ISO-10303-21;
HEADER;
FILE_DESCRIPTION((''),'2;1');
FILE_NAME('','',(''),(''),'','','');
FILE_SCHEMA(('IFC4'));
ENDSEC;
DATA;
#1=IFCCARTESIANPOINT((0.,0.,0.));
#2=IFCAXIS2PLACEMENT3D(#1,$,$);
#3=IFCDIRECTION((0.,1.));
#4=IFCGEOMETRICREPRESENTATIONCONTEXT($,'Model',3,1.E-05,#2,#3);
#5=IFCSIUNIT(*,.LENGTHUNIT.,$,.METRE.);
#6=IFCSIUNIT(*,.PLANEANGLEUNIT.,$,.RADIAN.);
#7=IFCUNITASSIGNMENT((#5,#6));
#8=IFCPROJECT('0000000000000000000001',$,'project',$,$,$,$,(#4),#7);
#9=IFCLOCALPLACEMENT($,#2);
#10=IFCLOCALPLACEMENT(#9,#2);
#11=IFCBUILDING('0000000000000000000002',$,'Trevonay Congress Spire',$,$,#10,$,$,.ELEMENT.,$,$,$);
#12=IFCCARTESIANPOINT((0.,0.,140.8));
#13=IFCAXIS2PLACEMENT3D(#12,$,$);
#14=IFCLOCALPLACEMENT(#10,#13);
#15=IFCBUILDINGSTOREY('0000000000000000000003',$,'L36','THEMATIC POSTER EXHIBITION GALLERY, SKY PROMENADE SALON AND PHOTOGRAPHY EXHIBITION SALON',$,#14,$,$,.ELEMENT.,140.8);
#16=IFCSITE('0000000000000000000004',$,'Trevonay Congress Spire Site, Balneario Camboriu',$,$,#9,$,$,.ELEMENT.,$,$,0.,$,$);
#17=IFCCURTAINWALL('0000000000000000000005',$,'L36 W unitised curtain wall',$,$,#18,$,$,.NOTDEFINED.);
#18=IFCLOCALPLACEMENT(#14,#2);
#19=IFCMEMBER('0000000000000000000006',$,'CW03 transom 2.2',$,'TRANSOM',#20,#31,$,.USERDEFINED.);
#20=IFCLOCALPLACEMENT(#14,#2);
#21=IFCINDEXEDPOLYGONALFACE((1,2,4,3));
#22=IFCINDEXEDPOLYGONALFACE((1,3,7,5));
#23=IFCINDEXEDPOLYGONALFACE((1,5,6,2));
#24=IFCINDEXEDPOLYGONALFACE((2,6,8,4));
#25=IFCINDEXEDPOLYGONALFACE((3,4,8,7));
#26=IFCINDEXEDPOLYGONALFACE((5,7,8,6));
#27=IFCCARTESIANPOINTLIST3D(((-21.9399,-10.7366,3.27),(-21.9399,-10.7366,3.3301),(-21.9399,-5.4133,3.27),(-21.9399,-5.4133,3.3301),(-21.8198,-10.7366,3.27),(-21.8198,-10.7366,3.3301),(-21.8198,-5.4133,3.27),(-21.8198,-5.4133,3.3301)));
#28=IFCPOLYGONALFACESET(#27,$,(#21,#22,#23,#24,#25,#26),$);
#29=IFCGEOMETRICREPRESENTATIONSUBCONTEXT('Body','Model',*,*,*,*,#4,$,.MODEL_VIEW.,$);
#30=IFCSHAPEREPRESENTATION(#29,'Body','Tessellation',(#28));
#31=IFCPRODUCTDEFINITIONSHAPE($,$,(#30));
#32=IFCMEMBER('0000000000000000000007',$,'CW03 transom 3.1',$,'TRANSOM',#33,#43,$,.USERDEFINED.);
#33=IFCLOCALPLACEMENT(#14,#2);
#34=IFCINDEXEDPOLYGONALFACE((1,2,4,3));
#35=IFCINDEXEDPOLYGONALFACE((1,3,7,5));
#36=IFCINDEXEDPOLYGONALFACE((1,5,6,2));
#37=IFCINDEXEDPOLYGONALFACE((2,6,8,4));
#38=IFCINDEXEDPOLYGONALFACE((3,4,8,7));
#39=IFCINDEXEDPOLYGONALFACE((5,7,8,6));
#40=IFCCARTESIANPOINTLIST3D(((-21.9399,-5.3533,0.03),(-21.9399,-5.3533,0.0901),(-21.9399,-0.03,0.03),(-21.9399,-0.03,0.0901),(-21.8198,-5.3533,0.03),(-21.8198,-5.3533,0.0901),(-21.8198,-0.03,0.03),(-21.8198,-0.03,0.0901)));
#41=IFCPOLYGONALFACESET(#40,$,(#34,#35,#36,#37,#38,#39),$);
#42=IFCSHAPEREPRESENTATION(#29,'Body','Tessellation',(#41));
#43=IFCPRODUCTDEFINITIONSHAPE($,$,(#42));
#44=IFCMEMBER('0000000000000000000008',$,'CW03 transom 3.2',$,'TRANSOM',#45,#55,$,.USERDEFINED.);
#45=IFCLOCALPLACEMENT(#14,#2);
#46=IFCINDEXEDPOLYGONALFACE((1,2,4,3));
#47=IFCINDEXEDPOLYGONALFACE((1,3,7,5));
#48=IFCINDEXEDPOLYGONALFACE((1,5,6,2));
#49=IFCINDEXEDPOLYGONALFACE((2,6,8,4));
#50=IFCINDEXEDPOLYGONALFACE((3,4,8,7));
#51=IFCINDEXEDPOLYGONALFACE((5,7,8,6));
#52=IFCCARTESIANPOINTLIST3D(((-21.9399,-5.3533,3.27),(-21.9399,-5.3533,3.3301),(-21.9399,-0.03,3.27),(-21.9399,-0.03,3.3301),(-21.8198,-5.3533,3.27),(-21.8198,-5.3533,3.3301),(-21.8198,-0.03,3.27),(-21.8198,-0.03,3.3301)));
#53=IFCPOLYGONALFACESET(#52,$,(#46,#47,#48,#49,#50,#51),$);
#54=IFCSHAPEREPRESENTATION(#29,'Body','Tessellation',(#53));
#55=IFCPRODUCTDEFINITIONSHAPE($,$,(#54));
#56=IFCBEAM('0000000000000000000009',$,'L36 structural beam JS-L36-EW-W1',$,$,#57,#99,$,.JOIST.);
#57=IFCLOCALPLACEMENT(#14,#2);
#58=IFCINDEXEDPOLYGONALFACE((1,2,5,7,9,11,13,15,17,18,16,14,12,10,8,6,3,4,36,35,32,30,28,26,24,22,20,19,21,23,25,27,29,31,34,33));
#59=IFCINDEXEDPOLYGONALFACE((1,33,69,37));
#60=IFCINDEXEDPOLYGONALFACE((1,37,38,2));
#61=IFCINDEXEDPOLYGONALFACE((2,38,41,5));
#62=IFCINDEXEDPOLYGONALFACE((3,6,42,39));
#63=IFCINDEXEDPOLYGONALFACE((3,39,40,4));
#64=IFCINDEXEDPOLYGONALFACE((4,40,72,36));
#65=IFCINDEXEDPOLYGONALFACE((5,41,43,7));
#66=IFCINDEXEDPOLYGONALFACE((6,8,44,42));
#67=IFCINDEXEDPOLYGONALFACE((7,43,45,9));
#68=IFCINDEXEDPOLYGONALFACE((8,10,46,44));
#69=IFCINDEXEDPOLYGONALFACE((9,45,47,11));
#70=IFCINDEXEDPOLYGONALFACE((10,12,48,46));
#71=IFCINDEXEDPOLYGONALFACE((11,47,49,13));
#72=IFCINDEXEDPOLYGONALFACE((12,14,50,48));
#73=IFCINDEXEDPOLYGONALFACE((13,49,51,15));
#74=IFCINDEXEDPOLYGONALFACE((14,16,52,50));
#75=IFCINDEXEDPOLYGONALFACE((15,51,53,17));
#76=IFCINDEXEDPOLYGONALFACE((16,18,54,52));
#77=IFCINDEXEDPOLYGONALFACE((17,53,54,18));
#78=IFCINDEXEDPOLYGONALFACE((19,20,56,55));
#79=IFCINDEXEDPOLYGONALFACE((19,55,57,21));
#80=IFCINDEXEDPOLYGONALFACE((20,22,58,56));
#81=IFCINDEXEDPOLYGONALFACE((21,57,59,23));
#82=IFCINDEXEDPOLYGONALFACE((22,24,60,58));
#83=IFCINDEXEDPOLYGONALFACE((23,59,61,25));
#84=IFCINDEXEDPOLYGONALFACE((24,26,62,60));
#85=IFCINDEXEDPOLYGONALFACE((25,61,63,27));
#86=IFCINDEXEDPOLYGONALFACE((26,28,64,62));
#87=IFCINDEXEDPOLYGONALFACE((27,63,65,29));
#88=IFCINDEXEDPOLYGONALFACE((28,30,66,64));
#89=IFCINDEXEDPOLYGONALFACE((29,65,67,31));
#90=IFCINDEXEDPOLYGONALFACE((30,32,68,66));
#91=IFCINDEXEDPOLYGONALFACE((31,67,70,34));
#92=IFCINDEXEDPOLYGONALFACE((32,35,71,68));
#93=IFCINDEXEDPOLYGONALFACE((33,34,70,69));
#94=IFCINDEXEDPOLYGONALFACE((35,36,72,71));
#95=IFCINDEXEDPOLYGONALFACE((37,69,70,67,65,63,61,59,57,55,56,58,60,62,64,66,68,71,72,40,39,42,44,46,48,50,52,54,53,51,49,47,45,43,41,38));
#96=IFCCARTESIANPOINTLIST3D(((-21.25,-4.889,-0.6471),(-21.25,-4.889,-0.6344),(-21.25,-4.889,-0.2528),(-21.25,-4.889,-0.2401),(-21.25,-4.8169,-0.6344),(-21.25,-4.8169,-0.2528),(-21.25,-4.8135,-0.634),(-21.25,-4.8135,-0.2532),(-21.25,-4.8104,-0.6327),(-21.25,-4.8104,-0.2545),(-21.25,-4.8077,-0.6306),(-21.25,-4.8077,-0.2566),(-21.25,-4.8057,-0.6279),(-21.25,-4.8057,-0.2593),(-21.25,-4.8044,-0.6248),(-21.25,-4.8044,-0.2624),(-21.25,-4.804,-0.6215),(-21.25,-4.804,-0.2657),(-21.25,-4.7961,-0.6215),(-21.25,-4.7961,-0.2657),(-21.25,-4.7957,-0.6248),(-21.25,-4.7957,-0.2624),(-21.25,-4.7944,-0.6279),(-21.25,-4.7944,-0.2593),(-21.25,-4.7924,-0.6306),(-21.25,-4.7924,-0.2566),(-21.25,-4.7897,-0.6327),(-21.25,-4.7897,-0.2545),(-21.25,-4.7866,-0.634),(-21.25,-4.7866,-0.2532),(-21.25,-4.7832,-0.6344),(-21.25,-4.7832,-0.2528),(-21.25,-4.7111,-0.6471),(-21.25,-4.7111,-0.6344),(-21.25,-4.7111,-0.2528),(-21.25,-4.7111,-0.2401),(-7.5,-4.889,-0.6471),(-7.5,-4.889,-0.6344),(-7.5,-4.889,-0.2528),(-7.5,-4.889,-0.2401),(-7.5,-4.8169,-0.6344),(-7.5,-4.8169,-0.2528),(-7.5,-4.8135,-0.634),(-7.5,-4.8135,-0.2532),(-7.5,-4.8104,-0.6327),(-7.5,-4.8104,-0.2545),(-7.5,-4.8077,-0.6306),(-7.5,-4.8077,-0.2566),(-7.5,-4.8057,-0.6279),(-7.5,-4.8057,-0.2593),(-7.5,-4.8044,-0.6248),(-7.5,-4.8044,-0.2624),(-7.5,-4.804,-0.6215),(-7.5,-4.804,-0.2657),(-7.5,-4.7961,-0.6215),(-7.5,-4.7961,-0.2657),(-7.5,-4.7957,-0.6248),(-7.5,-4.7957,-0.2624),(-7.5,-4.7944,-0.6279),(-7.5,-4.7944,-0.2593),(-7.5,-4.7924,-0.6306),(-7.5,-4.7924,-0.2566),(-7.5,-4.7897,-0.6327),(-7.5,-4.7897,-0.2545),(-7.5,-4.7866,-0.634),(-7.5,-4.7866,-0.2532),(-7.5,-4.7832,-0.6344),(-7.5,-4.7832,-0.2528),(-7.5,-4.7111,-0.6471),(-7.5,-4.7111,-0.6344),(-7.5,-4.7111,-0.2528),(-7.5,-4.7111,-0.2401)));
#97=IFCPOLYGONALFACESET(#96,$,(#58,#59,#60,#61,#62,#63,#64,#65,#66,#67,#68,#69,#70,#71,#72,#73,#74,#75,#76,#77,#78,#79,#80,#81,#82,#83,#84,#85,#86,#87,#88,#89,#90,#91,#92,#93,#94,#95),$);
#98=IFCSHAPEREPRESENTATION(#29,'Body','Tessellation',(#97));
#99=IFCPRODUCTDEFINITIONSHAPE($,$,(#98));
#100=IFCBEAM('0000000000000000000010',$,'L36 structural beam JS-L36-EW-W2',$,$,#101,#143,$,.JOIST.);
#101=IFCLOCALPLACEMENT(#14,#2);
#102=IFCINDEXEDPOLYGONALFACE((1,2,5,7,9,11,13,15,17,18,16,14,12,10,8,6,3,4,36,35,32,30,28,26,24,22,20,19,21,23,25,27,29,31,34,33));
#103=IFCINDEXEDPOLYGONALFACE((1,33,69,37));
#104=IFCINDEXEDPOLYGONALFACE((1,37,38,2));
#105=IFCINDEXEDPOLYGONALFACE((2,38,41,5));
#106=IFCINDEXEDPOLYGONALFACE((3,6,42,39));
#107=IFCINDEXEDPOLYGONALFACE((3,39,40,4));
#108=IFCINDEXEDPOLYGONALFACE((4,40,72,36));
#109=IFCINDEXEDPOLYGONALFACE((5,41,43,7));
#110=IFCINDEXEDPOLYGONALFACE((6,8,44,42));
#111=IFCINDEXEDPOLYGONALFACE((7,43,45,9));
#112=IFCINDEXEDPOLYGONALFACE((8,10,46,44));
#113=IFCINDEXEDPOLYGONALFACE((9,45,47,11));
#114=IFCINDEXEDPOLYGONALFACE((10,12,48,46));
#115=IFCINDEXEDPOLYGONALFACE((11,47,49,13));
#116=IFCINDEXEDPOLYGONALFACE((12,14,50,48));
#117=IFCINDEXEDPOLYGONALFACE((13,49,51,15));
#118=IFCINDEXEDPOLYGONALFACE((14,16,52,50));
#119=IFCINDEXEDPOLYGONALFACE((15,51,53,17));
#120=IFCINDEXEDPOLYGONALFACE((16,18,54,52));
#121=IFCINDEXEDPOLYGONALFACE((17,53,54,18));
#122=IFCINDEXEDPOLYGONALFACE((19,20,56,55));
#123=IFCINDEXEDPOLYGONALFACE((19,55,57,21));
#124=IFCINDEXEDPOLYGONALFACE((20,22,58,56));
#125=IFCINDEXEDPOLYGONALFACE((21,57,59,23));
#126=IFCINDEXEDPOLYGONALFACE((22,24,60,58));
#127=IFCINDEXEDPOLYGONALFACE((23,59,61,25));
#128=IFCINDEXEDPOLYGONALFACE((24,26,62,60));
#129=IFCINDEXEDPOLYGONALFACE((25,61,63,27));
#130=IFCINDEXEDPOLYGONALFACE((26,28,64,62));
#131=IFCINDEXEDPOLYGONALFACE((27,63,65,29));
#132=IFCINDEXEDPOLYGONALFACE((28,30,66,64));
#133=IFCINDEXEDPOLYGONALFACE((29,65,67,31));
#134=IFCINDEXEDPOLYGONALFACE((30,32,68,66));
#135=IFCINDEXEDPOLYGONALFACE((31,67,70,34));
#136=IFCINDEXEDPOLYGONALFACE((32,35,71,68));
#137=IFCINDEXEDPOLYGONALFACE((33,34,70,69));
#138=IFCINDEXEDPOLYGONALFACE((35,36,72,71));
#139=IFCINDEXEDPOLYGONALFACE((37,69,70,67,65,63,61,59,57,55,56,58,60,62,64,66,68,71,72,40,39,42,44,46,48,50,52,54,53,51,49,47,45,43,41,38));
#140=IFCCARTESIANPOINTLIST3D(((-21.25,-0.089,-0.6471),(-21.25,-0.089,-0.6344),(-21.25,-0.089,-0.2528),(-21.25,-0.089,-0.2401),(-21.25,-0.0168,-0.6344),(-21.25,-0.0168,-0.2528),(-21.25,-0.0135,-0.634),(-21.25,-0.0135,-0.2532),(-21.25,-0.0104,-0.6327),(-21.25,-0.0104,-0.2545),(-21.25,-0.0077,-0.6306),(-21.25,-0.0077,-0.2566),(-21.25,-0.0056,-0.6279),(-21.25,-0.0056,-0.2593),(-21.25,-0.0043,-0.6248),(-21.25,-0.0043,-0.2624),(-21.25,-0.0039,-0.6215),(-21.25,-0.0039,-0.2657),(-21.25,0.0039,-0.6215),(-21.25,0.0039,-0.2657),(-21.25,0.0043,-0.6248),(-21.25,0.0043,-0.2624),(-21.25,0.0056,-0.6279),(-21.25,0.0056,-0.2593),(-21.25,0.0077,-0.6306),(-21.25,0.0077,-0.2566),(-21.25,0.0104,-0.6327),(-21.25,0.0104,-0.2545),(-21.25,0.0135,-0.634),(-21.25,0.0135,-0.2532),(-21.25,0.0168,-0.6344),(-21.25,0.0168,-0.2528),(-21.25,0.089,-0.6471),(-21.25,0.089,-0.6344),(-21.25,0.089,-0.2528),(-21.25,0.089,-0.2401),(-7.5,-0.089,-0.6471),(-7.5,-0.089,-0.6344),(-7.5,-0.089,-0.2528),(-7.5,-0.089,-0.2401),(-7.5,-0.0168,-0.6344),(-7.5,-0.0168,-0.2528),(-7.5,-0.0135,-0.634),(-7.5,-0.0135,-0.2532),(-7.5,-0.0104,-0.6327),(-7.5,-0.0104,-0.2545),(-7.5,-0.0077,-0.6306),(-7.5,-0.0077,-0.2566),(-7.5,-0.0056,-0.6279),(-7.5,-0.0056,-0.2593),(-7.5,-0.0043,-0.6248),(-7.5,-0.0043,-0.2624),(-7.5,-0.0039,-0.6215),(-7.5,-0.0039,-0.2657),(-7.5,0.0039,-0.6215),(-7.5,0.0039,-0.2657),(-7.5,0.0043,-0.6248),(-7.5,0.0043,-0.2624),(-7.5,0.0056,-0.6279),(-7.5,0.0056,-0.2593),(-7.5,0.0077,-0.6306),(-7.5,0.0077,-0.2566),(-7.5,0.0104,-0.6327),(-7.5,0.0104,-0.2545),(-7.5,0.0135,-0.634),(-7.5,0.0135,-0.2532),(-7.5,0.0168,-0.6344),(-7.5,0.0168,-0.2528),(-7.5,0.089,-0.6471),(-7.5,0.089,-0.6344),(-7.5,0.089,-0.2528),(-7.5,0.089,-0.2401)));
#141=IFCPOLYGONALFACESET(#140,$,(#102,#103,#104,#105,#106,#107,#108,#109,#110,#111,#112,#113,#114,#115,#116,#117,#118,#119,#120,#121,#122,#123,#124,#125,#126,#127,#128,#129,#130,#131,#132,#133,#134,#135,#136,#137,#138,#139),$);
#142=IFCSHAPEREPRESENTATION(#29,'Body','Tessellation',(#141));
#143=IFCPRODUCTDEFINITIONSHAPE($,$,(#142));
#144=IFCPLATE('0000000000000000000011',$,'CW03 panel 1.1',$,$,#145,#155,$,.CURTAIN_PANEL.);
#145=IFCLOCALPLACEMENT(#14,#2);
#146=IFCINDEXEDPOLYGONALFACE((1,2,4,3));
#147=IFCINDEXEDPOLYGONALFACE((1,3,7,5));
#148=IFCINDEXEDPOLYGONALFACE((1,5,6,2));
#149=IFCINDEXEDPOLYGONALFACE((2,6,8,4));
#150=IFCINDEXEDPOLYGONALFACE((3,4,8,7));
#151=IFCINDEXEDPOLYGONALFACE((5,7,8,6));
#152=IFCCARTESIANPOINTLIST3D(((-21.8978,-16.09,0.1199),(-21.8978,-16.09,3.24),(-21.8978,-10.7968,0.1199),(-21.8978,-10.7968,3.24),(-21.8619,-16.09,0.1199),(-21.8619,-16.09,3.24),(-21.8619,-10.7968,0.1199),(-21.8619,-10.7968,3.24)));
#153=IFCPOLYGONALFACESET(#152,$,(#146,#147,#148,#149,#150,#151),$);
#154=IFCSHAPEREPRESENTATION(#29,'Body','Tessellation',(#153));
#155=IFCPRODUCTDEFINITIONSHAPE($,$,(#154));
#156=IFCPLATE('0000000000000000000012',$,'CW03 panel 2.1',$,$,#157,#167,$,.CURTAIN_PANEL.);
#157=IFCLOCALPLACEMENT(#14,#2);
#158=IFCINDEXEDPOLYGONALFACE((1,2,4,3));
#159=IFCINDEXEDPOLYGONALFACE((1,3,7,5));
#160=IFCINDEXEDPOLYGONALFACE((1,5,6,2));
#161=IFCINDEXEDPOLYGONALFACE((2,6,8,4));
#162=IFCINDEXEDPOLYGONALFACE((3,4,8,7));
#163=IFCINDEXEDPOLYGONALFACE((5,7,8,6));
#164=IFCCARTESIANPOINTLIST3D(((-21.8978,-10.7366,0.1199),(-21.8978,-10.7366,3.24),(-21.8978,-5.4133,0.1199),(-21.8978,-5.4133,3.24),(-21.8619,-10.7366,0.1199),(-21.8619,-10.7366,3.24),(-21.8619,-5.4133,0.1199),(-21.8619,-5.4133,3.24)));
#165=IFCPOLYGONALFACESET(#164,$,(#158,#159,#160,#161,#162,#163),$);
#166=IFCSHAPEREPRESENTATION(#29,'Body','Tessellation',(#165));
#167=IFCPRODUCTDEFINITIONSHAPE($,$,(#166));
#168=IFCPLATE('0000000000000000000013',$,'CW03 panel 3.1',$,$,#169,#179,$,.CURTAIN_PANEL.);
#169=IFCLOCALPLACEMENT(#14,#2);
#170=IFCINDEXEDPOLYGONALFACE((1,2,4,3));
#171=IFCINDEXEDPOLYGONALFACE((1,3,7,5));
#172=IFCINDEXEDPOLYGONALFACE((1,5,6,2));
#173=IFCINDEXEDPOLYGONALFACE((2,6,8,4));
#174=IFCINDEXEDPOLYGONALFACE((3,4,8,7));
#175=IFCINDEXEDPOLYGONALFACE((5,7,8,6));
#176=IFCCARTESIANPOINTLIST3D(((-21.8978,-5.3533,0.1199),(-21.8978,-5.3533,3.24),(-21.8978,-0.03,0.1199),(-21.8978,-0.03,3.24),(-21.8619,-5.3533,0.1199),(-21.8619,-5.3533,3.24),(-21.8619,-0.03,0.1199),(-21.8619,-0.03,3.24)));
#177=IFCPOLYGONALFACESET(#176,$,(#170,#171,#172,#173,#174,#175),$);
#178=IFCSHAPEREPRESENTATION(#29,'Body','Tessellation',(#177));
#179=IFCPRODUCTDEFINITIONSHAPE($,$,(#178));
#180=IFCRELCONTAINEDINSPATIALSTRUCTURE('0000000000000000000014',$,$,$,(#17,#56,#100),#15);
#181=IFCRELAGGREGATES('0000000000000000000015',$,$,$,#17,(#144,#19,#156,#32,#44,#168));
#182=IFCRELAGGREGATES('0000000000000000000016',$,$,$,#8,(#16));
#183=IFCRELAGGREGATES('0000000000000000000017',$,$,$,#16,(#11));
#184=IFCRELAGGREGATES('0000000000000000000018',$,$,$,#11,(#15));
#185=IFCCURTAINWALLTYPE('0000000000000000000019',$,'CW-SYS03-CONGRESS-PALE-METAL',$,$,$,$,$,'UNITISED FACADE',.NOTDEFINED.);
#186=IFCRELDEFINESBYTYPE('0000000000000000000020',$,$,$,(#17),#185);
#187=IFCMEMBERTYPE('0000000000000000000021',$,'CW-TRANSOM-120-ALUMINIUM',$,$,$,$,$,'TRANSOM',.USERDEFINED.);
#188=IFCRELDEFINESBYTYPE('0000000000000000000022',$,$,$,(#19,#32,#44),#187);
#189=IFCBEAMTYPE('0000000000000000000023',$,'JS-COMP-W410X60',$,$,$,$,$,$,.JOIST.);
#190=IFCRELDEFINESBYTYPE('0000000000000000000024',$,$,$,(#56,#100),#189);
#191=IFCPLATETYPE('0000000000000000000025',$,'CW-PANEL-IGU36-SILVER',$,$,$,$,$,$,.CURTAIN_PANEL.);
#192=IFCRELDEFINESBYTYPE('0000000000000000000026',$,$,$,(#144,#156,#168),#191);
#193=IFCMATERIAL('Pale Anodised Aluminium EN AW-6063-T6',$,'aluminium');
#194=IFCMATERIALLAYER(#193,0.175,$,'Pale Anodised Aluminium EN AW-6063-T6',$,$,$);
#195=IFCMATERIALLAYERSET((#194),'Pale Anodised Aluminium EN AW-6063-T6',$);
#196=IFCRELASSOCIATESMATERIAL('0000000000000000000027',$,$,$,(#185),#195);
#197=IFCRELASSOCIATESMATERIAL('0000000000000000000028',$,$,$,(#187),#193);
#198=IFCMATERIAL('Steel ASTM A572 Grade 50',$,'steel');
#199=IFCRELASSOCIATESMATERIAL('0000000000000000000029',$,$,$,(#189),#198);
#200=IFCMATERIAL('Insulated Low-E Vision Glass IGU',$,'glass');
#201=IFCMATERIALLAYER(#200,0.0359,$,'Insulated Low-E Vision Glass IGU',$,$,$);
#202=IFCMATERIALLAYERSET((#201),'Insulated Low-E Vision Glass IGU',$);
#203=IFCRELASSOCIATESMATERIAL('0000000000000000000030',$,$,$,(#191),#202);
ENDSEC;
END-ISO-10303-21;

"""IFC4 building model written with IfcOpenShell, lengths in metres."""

from ifc_helpers import new_model, si_unit, direction, frame, origin, origin_2d, place, context, subcontext, project, spatial, rectangle, i_section, extrude, material, layer, layer_set, material_profile, profile_set, type_object, element, aggregate, save


model = new_model("IFC4")

# Units and contexts
model_context = context("Model", 3, precision=1e-05, world=origin(), true_north=direction((0.0, 1.0)))
body_context = subcontext(model_context, "Body", "Model", "MODEL_VIEW")
ifc_project = project(units=[si_unit("LENGTHUNIT", "METRE"), si_unit("PLANEANGLEUNIT", "RADIAN")], contexts=[model_context])

# Site, building, storey
site_placement = place(None, origin())
site = spatial("IfcSite", under=ifc_project, at=site_placement, Name="Trevonay Congress Spire Site, Balneario Camboriu", CompositionType="ELEMENT", RefElevation=0.0)
building_placement = place(site_placement, origin())
building = spatial("IfcBuilding", under=site, at=building_placement, Name="Trevonay Congress Spire", CompositionType="ELEMENT")
storey_placement = place(building_placement, frame((0.0, 0.0, 140.8)))
storey = spatial("IfcBuildingStorey", under=building, at=storey_placement, Name="L36", Description="THEMATIC POSTER EXHIBITION GALLERY, SKY PROMENADE SALON AND PHOTOGRAPHY EXHIBITION SALON", CompositionType="ELEMENT", Elevation=140.8)

# Shared definitions
ifc_material_1 = material(Name="Steel ASTM A572 Grade 50", Category="steel")

# Curtain wall, members
ifc_material_2 = material(Name="Pale Anodised Aluminium EN AW-6063-T6", Category="aluminium")
ifc_layer_1 = layer(ifc_material_2, 0.175, Name="Pale Anodised Aluminium EN AW-6063-T6")
ifc_layer_set_1 = layer_set([ifc_layer_1], Name="Pale Anodised Aluminium EN AW-6063-T6")
curtain_wall_type = type_object("IfcCurtainWallType", Name="CW-SYS03-CONGRESS-PALE-METAL", ElementType="UNITISED FACADE", PredefinedType="NOTDEFINED", material=ifc_layer_set_1)
curtain_wall_placement = place(storey_placement, origin())
curtain_wall = element("IfcCurtainWall", 1, at=curtain_wall_placement, inside=storey, type_object=curtain_wall_type, Name="L36 W unitised curtain wall", PredefinedType="NOTDEFINED")
ifc_material_profile_1 = material_profile(ifc_material_2, rectangle(XDim=0.1201, YDim=0.0601, at=origin_2d()), Name="CW-TRANSOM-120-ALUMINIUM")
ifc_profile_set_1 = profile_set([ifc_material_profile_1], Name="Pale Anodised Aluminium EN AW-6063-T6")
member_type_1 = type_object("IfcMemberType", Name="CW-TRANSOM-120-ALUMINIUM", ElementType="TRANSOM", PredefinedType="USERDEFINED", material=ifc_profile_set_1)
member_1_placement = place(storey_placement, frame((-21.8799, -10.7366, 3.3), z_axis=(0.0, 1.0, 0.0), x_axis=(-1.0, 0.0, 0.0)))
member_1 = element("IfcMember", 2, at=member_1_placement, type_object=member_type_1, Name="CW03 transom 2.2", ObjectType="TRANSOM", PredefinedType="USERDEFINED", context=body_context, shape_type="SweptSolid", body=[
    extrude(rectangle(XDim=0.1201, YDim=0.0601, at=origin_2d()), origin(), (0.0, 0.0, 1.0), 5.3232),
])
member_2_placement = place(storey_placement, frame((-21.8799, -5.3533, 0.0601), z_axis=(0.0, 1.0, 0.0), x_axis=(-1.0, 0.0, 0.0)))
member_2 = element("IfcMember", 3, at=member_2_placement, type_object=member_type_1, Name="CW03 transom 3.1", ObjectType="TRANSOM", PredefinedType="USERDEFINED", context=body_context, shape_type="SweptSolid", body=[
    extrude(rectangle(XDim=0.1201, YDim=0.0601, at=origin_2d()), origin(), (0.0, 0.0, 1.0), 5.3232),
])
member_3_placement = place(storey_placement, frame((-21.8799, -5.3533, 3.3), z_axis=(0.0, 1.0, 0.0), x_axis=(-1.0, 0.0, 0.0)))
member_3 = element("IfcMember", 4, at=member_3_placement, type_object=member_type_1, Name="CW03 transom 3.2", ObjectType="TRANSOM", PredefinedType="USERDEFINED", context=body_context, shape_type="SweptSolid", body=[
    extrude(rectangle(XDim=0.1201, YDim=0.0601, at=origin_2d()), origin(), (0.0, 0.0, 1.0), 5.3232),
])

# Beams
ifc_material_profile_2 = material_profile(ifc_material_1, i_section(OverallWidth=0.178, OverallDepth=0.407, WebThickness=0.0078, FlangeThickness=0.0127, FilletRadius=0.0129, at=origin_2d()), Name="W410x60")
ifc_profile_set_2 = profile_set([ifc_material_profile_2], Name="Steel ASTM A572 Grade 50")
beam_type_1 = type_object("IfcBeamType", Name="JS-COMP-W410X60", PredefinedType="JOIST", material=ifc_profile_set_2)
for number, where, z_axis, x_axis, name in (
    (5, (-21.25, -4.8, -0.4436), (1.0, 0.0, 0.0), (0.0, 1.0, 0.0), "L36 structural beam JS-L36-EW-W1"),
    (6, (-21.25, 0.0, -0.4436), (1.0, 0.0, 0.0), (0.0, 1.0, 0.0), "L36 structural beam JS-L36-EW-W2"),
):
    element("IfcBeam", number, at=place(storey_placement, frame(where, z_axis=z_axis, x_axis=x_axis)), inside=storey, type_object=beam_type_1, Name=name, PredefinedType="JOIST", context=body_context, shape_type="SweptSolid", body=[
        extrude(i_section(OverallWidth=0.178, OverallDepth=0.407, WebThickness=0.0078, FlangeThickness=0.0127, FilletRadius=0.0129, at=origin_2d()), origin(), (0.0, 0.0, 1.0), 13.75),
    ])

# Plates
ifc_material_3 = material(Name="Insulated Low-E Vision Glass IGU", Category="glass")
ifc_layer_2 = layer(ifc_material_3, 0.0359, Name="Insulated Low-E Vision Glass IGU")
ifc_layer_set_2 = layer_set([ifc_layer_2], Name="Insulated Low-E Vision Glass IGU")
plate_type = type_object("IfcPlateType", Name="CW-PANEL-IGU36-SILVER", PredefinedType="CURTAIN_PANEL", material=ifc_layer_set_2)
plate_1_placement = place(storey_placement, frame((-21.8799, -13.4434, 0.1199), z_axis=(0.0, 0.0, 1.0), x_axis=(0.0, 1.0, 0.0)))
plate_1 = element("IfcPlate", 7, at=plate_1_placement, type_object=plate_type, Name="CW03 panel 1.1", PredefinedType="CURTAIN_PANEL", context=body_context, shape_type="SweptSolid", body=[
    extrude(rectangle(XDim=5.2932, YDim=0.0359, at=origin_2d()), origin(), (0.0, 0.0, 1.0), 3.1201),
])
plate_2_placement = place(storey_placement, frame((-21.8799, -8.075, 0.1199), z_axis=(0.0, 0.0, 1.0), x_axis=(0.0, 1.0, 0.0)))
plate_2 = element("IfcPlate", 8, at=plate_2_placement, type_object=plate_type, Name="CW03 panel 2.1", PredefinedType="CURTAIN_PANEL", context=body_context, shape_type="SweptSolid", body=[
    extrude(rectangle(XDim=5.3232, YDim=0.0359, at=origin_2d()), origin(), (0.0, 0.0, 1.0), 3.1201),
])
plate_3_placement = place(storey_placement, frame((-21.8799, -2.6917, 0.1199), z_axis=(0.0, 0.0, 1.0), x_axis=(0.0, 1.0, 0.0)))
plate_3 = element("IfcPlate", 9, at=plate_3_placement, type_object=plate_type, Name="CW03 panel 3.1", PredefinedType="CURTAIN_PANEL", context=body_context, shape_type="SweptSolid", body=[
    extrude(rectangle(XDim=5.3232, YDim=0.0359, at=origin_2d()), origin(), (0.0, 0.0, 1.0), 3.1201),
])
aggregate(curtain_wall, [plate_1, member_1, plate_2, member_2, member_3, plate_3])

save(model, "model.ifc")
